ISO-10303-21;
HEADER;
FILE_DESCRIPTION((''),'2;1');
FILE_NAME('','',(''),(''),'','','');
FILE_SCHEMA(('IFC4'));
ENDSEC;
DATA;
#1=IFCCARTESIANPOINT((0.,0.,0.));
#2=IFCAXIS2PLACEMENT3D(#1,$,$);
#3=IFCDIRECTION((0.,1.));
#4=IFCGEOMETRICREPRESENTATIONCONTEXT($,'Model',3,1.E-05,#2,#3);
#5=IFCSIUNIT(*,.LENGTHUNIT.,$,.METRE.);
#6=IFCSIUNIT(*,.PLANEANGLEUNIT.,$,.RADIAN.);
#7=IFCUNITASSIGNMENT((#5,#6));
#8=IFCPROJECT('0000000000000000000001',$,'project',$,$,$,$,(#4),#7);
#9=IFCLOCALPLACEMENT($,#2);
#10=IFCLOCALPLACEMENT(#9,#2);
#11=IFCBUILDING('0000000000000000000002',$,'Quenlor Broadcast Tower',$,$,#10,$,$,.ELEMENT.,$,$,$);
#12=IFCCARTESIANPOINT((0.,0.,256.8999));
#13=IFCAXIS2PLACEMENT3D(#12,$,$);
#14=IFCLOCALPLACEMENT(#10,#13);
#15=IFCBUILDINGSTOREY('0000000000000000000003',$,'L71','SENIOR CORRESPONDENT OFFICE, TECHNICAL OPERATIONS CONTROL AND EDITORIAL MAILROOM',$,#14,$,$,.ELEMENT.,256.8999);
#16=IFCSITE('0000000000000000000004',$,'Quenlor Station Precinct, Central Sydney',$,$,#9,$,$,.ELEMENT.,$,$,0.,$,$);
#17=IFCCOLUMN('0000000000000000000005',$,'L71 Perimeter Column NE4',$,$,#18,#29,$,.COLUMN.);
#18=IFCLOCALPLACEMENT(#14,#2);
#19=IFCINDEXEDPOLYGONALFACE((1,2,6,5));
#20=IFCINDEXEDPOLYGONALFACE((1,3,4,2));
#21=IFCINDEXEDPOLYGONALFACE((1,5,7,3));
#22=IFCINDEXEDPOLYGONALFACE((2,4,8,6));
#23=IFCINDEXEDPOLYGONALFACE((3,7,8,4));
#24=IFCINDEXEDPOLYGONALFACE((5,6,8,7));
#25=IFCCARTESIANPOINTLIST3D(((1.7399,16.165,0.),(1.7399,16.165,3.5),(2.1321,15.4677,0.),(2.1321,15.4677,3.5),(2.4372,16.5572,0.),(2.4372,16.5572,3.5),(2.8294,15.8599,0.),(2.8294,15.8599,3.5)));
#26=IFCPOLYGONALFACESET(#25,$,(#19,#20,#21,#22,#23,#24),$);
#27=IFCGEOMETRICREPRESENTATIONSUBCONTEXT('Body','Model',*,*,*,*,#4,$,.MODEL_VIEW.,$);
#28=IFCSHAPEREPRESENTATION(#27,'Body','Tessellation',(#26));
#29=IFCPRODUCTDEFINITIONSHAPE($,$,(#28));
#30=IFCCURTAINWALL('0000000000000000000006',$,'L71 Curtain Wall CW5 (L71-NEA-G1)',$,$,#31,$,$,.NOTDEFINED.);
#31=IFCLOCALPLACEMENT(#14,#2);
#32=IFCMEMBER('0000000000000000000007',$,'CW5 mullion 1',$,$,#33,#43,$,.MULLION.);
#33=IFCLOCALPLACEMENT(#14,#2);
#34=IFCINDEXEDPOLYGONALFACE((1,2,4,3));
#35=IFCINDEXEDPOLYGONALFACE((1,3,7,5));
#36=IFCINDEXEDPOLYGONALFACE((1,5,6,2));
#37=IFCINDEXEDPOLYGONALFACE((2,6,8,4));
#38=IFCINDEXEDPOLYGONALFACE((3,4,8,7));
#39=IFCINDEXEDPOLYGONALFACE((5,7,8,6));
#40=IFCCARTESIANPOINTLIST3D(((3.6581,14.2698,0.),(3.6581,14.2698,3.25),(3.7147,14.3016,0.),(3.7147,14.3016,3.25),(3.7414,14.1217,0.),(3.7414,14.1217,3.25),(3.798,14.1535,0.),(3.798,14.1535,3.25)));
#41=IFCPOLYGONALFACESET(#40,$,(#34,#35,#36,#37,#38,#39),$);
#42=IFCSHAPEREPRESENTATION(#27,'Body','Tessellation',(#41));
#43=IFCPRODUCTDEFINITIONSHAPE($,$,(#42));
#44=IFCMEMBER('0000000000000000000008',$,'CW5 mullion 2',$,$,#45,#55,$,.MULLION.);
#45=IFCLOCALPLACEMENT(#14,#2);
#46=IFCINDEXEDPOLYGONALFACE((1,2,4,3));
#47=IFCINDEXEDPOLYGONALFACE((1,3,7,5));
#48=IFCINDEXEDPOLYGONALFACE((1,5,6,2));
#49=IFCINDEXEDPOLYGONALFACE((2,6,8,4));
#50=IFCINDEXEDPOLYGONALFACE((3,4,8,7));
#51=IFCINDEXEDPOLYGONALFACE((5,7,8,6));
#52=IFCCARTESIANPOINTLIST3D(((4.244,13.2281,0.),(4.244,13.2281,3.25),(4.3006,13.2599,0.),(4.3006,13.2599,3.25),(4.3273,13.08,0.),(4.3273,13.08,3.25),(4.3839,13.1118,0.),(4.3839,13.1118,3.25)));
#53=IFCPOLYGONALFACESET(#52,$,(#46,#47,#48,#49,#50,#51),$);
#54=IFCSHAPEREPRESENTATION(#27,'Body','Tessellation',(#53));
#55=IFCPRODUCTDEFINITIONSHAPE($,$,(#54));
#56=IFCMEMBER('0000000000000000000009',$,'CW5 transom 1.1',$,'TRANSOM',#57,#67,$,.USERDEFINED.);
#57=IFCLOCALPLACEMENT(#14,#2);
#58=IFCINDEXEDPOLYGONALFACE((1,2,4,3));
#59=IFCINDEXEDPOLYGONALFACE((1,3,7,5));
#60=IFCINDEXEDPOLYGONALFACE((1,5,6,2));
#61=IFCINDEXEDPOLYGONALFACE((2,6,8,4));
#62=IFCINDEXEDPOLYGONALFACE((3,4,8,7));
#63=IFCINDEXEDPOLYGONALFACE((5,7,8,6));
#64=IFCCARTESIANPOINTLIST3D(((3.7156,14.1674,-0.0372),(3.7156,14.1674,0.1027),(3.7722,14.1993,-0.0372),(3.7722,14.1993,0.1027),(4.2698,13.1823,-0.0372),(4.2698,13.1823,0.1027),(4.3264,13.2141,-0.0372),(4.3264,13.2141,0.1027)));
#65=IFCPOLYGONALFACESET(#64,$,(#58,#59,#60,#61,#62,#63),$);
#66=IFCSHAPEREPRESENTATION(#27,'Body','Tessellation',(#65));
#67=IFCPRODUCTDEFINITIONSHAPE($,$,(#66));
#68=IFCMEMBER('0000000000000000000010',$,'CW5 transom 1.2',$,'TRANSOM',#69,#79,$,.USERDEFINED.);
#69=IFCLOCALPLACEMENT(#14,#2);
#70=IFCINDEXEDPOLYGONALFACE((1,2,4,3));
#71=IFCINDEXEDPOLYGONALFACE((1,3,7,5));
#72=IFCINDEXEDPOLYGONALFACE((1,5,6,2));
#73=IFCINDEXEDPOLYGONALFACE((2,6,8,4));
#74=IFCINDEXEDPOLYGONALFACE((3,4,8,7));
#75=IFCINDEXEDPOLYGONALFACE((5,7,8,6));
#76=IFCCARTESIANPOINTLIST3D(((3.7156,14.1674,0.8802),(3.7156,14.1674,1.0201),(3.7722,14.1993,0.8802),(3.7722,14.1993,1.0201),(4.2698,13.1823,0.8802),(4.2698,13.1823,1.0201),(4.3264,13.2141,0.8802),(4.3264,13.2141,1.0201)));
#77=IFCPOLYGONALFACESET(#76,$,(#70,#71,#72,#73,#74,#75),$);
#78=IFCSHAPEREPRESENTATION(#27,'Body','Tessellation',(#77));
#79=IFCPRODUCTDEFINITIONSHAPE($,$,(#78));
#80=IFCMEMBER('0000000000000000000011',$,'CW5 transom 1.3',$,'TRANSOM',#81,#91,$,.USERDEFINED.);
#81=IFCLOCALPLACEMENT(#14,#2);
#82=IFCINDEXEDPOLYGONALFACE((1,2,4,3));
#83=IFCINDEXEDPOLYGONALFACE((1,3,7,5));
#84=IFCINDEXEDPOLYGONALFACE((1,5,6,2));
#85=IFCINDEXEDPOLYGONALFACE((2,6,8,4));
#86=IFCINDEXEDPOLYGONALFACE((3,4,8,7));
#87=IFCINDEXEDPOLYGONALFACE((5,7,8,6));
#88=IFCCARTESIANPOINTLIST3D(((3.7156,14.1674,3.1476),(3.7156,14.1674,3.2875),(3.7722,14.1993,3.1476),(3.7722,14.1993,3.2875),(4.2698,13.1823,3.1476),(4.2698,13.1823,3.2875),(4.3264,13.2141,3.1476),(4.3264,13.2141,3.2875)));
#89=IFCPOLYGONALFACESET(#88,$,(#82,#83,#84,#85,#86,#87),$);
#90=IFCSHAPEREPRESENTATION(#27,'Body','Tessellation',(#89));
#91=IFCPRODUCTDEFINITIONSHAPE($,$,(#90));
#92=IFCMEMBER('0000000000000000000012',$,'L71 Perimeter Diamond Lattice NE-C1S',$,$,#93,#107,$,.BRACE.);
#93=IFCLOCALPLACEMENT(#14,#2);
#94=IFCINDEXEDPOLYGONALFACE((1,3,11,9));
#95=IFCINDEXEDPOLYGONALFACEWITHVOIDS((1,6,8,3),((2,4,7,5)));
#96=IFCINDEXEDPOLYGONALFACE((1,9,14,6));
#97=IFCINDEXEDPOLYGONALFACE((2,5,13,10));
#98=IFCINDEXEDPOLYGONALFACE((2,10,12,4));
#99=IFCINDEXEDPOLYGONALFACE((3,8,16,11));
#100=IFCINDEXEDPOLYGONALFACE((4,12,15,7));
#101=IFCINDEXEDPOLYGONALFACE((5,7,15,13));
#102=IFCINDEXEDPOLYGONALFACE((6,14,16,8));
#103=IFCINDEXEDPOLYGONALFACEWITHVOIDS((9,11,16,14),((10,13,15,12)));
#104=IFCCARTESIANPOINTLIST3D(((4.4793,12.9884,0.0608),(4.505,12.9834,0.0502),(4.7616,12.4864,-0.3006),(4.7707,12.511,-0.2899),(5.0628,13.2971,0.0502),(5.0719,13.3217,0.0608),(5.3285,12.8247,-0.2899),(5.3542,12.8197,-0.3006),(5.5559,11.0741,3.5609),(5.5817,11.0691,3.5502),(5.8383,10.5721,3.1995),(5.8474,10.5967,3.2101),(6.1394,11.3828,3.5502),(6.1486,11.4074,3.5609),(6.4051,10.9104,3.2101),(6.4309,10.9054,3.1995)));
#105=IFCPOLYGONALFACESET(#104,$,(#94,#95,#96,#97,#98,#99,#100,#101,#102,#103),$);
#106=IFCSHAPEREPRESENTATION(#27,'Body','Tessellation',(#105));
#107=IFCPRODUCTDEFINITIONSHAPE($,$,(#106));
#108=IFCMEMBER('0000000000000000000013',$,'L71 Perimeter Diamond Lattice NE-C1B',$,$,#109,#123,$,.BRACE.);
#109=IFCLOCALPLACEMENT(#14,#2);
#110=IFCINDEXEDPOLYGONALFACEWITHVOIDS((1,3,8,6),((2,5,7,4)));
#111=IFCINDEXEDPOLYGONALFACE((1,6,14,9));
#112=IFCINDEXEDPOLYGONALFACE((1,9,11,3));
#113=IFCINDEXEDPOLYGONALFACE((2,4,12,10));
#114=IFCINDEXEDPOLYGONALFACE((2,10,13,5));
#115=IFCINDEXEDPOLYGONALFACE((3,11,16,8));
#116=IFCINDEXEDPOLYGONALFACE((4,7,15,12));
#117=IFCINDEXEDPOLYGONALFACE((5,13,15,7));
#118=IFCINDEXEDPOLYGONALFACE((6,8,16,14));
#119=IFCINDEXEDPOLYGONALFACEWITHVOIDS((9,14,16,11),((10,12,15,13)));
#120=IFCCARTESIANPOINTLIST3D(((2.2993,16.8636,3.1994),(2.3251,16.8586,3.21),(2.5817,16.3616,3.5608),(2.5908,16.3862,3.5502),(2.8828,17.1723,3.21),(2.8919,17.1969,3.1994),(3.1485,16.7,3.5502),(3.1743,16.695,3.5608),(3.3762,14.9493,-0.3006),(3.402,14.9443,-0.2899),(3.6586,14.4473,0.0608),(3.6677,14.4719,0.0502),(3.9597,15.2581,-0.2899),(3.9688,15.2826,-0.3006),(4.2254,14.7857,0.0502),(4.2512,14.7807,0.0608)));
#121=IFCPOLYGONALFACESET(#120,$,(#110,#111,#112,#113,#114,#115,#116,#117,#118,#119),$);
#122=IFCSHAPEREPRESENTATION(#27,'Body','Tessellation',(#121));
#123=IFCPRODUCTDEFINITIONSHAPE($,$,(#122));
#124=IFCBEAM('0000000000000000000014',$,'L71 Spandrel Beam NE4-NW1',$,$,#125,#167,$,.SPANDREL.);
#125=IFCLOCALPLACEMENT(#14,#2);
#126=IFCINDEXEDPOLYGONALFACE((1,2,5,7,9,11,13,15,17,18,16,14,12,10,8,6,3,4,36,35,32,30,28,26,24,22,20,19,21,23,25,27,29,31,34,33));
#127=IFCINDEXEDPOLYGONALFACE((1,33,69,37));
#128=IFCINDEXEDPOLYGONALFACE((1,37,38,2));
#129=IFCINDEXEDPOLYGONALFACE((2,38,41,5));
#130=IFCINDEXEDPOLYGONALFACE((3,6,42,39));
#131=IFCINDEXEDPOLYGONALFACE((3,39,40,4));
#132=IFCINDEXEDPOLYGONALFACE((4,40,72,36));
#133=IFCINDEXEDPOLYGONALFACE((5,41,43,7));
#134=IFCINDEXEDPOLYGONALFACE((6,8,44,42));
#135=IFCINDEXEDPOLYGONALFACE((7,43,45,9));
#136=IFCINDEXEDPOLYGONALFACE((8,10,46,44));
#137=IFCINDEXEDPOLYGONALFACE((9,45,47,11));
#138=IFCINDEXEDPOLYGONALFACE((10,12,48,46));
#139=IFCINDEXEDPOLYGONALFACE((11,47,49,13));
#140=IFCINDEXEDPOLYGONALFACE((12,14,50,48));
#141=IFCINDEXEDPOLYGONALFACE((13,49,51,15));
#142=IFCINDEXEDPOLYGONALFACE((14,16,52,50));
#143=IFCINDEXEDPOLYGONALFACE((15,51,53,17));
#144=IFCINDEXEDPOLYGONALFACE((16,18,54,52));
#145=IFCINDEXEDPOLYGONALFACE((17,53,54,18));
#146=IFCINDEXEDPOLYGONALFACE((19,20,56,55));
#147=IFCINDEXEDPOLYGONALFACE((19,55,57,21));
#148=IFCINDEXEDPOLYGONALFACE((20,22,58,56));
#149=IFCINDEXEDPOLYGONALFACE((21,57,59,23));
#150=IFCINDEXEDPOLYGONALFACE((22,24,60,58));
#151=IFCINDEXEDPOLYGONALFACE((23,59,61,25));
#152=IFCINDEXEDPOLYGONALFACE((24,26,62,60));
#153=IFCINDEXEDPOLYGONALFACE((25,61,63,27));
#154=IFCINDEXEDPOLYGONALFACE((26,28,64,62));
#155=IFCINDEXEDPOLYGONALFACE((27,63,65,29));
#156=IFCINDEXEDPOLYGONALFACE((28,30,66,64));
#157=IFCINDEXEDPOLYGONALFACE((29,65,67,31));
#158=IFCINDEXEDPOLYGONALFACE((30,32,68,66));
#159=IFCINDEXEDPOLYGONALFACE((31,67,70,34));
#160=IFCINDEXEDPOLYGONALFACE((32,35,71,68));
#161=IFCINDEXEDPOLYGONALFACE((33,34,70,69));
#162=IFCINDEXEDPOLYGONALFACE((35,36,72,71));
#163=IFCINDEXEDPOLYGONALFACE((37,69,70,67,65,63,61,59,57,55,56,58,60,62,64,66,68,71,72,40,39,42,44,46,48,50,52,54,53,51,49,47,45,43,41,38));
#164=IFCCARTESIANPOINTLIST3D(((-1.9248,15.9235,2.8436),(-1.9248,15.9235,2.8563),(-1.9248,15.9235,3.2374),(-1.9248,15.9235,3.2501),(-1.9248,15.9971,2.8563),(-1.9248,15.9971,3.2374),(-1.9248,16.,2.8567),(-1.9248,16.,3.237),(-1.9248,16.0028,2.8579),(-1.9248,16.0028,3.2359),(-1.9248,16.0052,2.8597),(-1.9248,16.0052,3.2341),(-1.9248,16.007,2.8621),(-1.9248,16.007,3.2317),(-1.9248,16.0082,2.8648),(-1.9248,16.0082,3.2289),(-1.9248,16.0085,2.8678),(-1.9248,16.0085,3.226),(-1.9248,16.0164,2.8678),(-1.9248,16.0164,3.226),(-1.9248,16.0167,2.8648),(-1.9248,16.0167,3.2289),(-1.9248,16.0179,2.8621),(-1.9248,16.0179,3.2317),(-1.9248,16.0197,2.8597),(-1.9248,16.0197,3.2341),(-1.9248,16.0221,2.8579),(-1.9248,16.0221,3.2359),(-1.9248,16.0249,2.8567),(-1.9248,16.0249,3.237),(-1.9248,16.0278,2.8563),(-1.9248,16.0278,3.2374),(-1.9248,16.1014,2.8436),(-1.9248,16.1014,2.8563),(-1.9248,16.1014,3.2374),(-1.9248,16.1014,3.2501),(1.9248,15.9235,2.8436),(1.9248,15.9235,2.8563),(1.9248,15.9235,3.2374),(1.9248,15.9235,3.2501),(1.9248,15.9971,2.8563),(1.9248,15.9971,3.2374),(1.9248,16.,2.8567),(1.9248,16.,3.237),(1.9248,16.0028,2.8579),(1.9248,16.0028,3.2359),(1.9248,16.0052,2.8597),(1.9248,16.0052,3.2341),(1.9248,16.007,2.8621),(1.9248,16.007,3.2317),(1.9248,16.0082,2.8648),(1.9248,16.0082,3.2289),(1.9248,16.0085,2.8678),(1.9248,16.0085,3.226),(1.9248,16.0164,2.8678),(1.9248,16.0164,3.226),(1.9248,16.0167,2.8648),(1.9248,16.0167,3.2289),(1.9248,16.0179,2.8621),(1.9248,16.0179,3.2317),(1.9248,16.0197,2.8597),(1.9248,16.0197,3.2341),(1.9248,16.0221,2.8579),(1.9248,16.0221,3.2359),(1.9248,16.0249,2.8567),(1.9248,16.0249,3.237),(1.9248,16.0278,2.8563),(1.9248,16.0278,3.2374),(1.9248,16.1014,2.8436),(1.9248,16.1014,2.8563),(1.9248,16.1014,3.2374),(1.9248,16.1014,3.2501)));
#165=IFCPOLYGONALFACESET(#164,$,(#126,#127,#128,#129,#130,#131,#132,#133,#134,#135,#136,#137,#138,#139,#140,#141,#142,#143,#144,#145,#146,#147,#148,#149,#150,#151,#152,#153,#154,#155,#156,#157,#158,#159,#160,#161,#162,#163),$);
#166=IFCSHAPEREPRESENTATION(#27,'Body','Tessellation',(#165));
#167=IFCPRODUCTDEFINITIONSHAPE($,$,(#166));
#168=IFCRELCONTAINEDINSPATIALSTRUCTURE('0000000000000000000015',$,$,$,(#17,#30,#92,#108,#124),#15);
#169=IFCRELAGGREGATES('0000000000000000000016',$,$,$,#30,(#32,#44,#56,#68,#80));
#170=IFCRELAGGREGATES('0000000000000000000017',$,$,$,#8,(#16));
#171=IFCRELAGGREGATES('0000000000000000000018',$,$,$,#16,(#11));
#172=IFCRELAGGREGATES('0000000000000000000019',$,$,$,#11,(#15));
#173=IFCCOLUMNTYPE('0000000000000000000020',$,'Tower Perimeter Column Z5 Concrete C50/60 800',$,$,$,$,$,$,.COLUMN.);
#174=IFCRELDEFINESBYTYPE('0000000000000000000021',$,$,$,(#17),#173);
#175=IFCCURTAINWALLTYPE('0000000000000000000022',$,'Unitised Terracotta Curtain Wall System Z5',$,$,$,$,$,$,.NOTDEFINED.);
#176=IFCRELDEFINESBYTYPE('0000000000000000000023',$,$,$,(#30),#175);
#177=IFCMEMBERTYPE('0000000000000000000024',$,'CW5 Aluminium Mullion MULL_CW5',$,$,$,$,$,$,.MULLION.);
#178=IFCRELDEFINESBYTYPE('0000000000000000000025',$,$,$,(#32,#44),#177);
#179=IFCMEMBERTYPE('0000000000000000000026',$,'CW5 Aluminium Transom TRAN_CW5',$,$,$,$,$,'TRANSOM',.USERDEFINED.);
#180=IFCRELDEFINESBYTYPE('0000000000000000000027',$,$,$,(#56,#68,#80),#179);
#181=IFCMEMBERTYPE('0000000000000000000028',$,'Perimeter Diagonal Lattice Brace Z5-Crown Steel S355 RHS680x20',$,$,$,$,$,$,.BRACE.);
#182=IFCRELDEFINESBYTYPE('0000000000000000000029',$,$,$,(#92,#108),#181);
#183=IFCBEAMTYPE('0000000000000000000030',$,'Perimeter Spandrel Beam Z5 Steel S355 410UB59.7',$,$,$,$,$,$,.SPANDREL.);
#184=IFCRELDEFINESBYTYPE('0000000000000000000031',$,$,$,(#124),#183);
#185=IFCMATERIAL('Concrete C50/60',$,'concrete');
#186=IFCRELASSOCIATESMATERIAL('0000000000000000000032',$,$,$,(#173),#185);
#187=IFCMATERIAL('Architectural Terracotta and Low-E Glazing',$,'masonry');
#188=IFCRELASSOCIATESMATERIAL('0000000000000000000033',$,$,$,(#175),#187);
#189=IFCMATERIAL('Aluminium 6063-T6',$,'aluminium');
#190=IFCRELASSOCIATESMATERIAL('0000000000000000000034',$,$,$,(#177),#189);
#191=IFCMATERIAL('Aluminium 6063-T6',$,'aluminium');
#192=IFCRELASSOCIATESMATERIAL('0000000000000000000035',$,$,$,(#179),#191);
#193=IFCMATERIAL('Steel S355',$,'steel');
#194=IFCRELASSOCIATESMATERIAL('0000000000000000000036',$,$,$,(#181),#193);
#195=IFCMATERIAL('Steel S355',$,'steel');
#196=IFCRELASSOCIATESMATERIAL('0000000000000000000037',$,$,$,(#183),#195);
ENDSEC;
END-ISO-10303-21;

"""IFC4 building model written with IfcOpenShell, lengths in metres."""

from ifc_helpers import new_model, si_unit, direction, frame, origin, origin_2d, place, context, subcontext, project, spatial, rectangle, hollow_rectangle, i_section, extrude, material, material_profile, profile_set, type_object, element, aggregate, save


model = new_model("IFC4")

# Units and contexts
model_context = context("Model", 3, precision=1e-05, world=origin(), true_north=direction((0.0, 1.0)))
body_context = subcontext(model_context, "Body", "Model", "MODEL_VIEW")
ifc_project = project(units=[si_unit("LENGTHUNIT", "METRE"), si_unit("PLANEANGLEUNIT", "RADIAN")], contexts=[model_context])

# Site, building, storey
site_placement = place(None, origin())
site = spatial("IfcSite", under=ifc_project, at=site_placement, Name="Quenlor Station Precinct, Central Sydney", CompositionType="ELEMENT", RefElevation=0.0)
building_placement = place(site_placement, origin())
building = spatial("IfcBuilding", under=site, at=building_placement, Name="Quenlor Broadcast Tower", CompositionType="ELEMENT")
storey_placement = place(building_placement, frame((0.0, 0.0, 256.8999)))
storey = spatial("IfcBuildingStorey", under=building, at=storey_placement, Name="L71", Description="SENIOR CORRESPONDENT OFFICE, TECHNICAL OPERATIONS CONTROL AND EDITORIAL MAILROOM", CompositionType="ELEMENT", Elevation=256.8999)

# Column
ifc_material_1 = material(Name="Concrete C50/60", Category="concrete")
ifc_material_profile_1 = material_profile(ifc_material_1, rectangle(XDim=0.8, YDim=0.8, at=origin_2d()))
ifc_profile_set_1 = profile_set([ifc_material_profile_1], Name="Concrete C50/60 RC800x800")
column_type = type_object("IfcColumnType", Name="Tower Perimeter Column Z5 Concrete C50/60 800", PredefinedType="COLUMN", material=ifc_profile_set_1)
column_placement = place(storey_placement, frame((2.2847, 16.0125, 0.0), z_axis=(0.0, 0.0, 1.0), x_axis=(0.871575, 0.490262, 0.0)))
element("IfcColumn", 1, at=column_placement, inside=storey, type_object=column_type, Name="L71 Perimeter Column NE4", PredefinedType="COLUMN", context=body_context, shape_type="SweptSolid", body=[
    extrude(rectangle(XDim=0.8, YDim=0.8, at=origin_2d()), origin(), (0.0, 0.0, 1.0), 3.5),
])

# Curtain wall, members
ifc_material_2 = material(Name="Architectural Terracotta and Low-E Glazing", Category="masonry")
curtain_wall_type = type_object("IfcCurtainWallType", Name="Unitised Terracotta Curtain Wall System Z5", PredefinedType="NOTDEFINED", material=ifc_material_2)
curtain_wall_placement = place(storey_placement, origin())
curtain_wall = element("IfcCurtainWall", 2, at=curtain_wall_placement, inside=storey, type_object=curtain_wall_type, Name="L71 Curtain Wall CW5 (L71-NEA-G1)", PredefinedType="NOTDEFINED")
ifc_material_3 = material(Name="Aluminium 6063-T6", Category="aluminium")
ifc_material_profile_2 = material_profile(ifc_material_3, rectangle(XDim=0.0649, YDim=0.1699, at=origin_2d()))
ifc_profile_set_2 = profile_set([ifc_material_profile_2], Name="Aluminium 6063-T6 MULL65x170")
member_type_1 = type_object("IfcMemberType", Name="CW5 Aluminium Mullion MULL_CW5", PredefinedType="MULLION", material=ifc_profile_set_2)
member_1_placement = place(storey_placement, frame((3.728, 14.2117, 0.0), z_axis=(0.0, 0.0, 1.0), x_axis=(0.871559, 0.490291, 0.0)))
member_1 = element("IfcMember", 3, at=member_1_placement, type_object=member_type_1, Name="CW5 mullion 1", PredefinedType="MULLION", context=body_context, shape_type="SweptSolid", body=[
    extrude(rectangle(XDim=0.0649, YDim=0.1699, at=origin_2d()), origin(), (0.0, 0.0, 1.0), 3.25),
])
member_2_placement = place(storey_placement, frame((4.314, 13.1699, 0.0), z_axis=(0.0, 0.0, 1.0), x_axis=(0.871559, 0.490291, 0.0)))
member_2 = element("IfcMember", 4, at=member_2_placement, type_object=member_type_1, Name="CW5 mullion 2", PredefinedType="MULLION", context=body_context, shape_type="SweptSolid", body=[
    extrude(rectangle(XDim=0.0649, YDim=0.1699, at=origin_2d()), origin(), (0.0, 0.0, 1.0), 3.25),
])
ifc_material_4 = material(Name="Aluminium 6063-T6", Category="aluminium")
ifc_material_profile_3 = material_profile(ifc_material_4, rectangle(XDim=0.0649, YDim=0.1399, at=origin_2d()))
ifc_profile_set_3 = profile_set([ifc_material_profile_3], Name="Aluminium 6063-T6 TRAN65x140")
member_type_2 = type_object("IfcMemberType", Name="CW5 Aluminium Transom TRAN_CW5", ElementType="TRANSOM", PredefinedType="USERDEFINED", material=ifc_profile_set_3)
member_3_placement = place(storey_placement, frame((3.7439, 14.1833, 0.0327), z_axis=(0.490313, -0.871547, 0.0), x_axis=(0.871547, 0.490313, 0.0)))
member_3 = element("IfcMember", 5, at=member_3_placement, type_object=member_type_2, Name="CW5 transom 1.1", ObjectType="TRANSOM", PredefinedType="USERDEFINED", context=body_context, shape_type="SweptSolid", body=[
    extrude(rectangle(XDim=0.0649, YDim=0.1399, at=origin_2d()), origin(), (0.0, 0.0, 1.0), 1.1304),
])
member_4_placement = place(storey_placement, frame((3.7439, 14.1833, 0.9502), z_axis=(0.490313, -0.871547, 0.0), x_axis=(0.871547, 0.490313, 0.0)))
member_4 = element("IfcMember", 6, at=member_4_placement, type_object=member_type_2, Name="CW5 transom 1.2", ObjectType="TRANSOM", PredefinedType="USERDEFINED", context=body_context, shape_type="SweptSolid", body=[
    extrude(rectangle(XDim=0.0649, YDim=0.1399, at=origin_2d()), origin(), (0.0, 0.0, 1.0), 1.1304),
])
member_5_placement = place(storey_placement, frame((3.7439, 14.1833, 3.2175), z_axis=(0.490313, -0.871547, 0.0), x_axis=(0.871547, 0.490313, 0.0)))
member_5 = element("IfcMember", 7, at=member_5_placement, type_object=member_type_2, Name="CW5 transom 1.3", ObjectType="TRANSOM", PredefinedType="USERDEFINED", context=body_context, shape_type="SweptSolid", body=[
    extrude(rectangle(XDim=0.0649, YDim=0.1399, at=origin_2d()), origin(), (0.0, 0.0, 1.0), 1.1304),
])

# Members
ifc_material_5 = material(Name="Steel S355", Category="steel")
ifc_material_profile_4 = material_profile(ifc_material_5, hollow_rectangle(XDim=0.6799, YDim=0.6799, WallThickness=0.02, at=origin_2d()))
ifc_profile_set_4 = profile_set([ifc_material_profile_4], Name="Steel S355 RHS680x680x20")
member_type_3 = type_object("IfcMemberType", Name="Perimeter Diagonal Lattice Brace Z5-Crown Steel S355 RHS680x20", PredefinedType="BRACE", material=ifc_profile_set_4)
for number, where, z_axis, x_axis, name in (
    (8, (4.9167, 12.9041, -0.1199), (0.260564, -0.463283, 0.847039), (0.871602, 0.490214, 0.0), "L71 Perimeter Diamond Lattice NE-C1S"),
    (9, (3.8137, 14.865, -0.1199), (-0.260619, 0.463276, 0.847026), (-0.871555, -0.490298, 0.0), "L71 Perimeter Diamond Lattice NE-C1B"),
):
    element("IfcMember", number, at=place(storey_placement, frame(where, z_axis=z_axis, x_axis=x_axis)), inside=storey, type_object=member_type_3, Name=name, PredefinedType="BRACE", context=body_context, shape_type="SweptSolid", body=[
        extrude(hollow_rectangle(XDim=0.6799, YDim=0.6799, WallThickness=0.02, at=origin_2d()), origin(), (0.0, 0.0, 1.0), 4.1321),
    ])

# Beam
ifc_material_6 = material(Name="Steel S355", Category="steel")
ifc_material_profile_5 = material_profile(ifc_material_6, i_section(OverallWidth=0.178, OverallDepth=0.4065, WebThickness=0.0078, FlangeThickness=0.0127, FilletRadius=0.0115, at=origin_2d()))
ifc_profile_set_5 = profile_set([ifc_material_profile_5], Name="Steel S355 410UB59.7")
beam_type_1 = type_object("IfcBeamType", Name="Perimeter Spandrel Beam Z5 Steel S355 410UB59.7", PredefinedType="SPANDREL", material=ifc_profile_set_5)
beam_1_placement = place(storey_placement, frame((1.9248, 16.0125, 3.0469), z_axis=(-1.0, 0.0, 0.0), x_axis=(0.0, -1.0, 0.0)))
element("IfcBeam", 10, at=beam_1_placement, inside=storey, type_object=beam_type_1, Name="L71 Spandrel Beam NE4-NW1", PredefinedType="SPANDREL", context=body_context, shape_type="SweptSolid", body=[
    extrude(i_section(OverallWidth=0.178, OverallDepth=0.4065, WebThickness=0.0078, FlangeThickness=0.0127, FilletRadius=0.0115, at=origin_2d()), origin(), (0.0, 0.0, 1.0), 3.8496),
])

aggregate(curtain_wall, [member_1, member_2, member_3, member_4, member_5])

save(model, "model.ifc")
